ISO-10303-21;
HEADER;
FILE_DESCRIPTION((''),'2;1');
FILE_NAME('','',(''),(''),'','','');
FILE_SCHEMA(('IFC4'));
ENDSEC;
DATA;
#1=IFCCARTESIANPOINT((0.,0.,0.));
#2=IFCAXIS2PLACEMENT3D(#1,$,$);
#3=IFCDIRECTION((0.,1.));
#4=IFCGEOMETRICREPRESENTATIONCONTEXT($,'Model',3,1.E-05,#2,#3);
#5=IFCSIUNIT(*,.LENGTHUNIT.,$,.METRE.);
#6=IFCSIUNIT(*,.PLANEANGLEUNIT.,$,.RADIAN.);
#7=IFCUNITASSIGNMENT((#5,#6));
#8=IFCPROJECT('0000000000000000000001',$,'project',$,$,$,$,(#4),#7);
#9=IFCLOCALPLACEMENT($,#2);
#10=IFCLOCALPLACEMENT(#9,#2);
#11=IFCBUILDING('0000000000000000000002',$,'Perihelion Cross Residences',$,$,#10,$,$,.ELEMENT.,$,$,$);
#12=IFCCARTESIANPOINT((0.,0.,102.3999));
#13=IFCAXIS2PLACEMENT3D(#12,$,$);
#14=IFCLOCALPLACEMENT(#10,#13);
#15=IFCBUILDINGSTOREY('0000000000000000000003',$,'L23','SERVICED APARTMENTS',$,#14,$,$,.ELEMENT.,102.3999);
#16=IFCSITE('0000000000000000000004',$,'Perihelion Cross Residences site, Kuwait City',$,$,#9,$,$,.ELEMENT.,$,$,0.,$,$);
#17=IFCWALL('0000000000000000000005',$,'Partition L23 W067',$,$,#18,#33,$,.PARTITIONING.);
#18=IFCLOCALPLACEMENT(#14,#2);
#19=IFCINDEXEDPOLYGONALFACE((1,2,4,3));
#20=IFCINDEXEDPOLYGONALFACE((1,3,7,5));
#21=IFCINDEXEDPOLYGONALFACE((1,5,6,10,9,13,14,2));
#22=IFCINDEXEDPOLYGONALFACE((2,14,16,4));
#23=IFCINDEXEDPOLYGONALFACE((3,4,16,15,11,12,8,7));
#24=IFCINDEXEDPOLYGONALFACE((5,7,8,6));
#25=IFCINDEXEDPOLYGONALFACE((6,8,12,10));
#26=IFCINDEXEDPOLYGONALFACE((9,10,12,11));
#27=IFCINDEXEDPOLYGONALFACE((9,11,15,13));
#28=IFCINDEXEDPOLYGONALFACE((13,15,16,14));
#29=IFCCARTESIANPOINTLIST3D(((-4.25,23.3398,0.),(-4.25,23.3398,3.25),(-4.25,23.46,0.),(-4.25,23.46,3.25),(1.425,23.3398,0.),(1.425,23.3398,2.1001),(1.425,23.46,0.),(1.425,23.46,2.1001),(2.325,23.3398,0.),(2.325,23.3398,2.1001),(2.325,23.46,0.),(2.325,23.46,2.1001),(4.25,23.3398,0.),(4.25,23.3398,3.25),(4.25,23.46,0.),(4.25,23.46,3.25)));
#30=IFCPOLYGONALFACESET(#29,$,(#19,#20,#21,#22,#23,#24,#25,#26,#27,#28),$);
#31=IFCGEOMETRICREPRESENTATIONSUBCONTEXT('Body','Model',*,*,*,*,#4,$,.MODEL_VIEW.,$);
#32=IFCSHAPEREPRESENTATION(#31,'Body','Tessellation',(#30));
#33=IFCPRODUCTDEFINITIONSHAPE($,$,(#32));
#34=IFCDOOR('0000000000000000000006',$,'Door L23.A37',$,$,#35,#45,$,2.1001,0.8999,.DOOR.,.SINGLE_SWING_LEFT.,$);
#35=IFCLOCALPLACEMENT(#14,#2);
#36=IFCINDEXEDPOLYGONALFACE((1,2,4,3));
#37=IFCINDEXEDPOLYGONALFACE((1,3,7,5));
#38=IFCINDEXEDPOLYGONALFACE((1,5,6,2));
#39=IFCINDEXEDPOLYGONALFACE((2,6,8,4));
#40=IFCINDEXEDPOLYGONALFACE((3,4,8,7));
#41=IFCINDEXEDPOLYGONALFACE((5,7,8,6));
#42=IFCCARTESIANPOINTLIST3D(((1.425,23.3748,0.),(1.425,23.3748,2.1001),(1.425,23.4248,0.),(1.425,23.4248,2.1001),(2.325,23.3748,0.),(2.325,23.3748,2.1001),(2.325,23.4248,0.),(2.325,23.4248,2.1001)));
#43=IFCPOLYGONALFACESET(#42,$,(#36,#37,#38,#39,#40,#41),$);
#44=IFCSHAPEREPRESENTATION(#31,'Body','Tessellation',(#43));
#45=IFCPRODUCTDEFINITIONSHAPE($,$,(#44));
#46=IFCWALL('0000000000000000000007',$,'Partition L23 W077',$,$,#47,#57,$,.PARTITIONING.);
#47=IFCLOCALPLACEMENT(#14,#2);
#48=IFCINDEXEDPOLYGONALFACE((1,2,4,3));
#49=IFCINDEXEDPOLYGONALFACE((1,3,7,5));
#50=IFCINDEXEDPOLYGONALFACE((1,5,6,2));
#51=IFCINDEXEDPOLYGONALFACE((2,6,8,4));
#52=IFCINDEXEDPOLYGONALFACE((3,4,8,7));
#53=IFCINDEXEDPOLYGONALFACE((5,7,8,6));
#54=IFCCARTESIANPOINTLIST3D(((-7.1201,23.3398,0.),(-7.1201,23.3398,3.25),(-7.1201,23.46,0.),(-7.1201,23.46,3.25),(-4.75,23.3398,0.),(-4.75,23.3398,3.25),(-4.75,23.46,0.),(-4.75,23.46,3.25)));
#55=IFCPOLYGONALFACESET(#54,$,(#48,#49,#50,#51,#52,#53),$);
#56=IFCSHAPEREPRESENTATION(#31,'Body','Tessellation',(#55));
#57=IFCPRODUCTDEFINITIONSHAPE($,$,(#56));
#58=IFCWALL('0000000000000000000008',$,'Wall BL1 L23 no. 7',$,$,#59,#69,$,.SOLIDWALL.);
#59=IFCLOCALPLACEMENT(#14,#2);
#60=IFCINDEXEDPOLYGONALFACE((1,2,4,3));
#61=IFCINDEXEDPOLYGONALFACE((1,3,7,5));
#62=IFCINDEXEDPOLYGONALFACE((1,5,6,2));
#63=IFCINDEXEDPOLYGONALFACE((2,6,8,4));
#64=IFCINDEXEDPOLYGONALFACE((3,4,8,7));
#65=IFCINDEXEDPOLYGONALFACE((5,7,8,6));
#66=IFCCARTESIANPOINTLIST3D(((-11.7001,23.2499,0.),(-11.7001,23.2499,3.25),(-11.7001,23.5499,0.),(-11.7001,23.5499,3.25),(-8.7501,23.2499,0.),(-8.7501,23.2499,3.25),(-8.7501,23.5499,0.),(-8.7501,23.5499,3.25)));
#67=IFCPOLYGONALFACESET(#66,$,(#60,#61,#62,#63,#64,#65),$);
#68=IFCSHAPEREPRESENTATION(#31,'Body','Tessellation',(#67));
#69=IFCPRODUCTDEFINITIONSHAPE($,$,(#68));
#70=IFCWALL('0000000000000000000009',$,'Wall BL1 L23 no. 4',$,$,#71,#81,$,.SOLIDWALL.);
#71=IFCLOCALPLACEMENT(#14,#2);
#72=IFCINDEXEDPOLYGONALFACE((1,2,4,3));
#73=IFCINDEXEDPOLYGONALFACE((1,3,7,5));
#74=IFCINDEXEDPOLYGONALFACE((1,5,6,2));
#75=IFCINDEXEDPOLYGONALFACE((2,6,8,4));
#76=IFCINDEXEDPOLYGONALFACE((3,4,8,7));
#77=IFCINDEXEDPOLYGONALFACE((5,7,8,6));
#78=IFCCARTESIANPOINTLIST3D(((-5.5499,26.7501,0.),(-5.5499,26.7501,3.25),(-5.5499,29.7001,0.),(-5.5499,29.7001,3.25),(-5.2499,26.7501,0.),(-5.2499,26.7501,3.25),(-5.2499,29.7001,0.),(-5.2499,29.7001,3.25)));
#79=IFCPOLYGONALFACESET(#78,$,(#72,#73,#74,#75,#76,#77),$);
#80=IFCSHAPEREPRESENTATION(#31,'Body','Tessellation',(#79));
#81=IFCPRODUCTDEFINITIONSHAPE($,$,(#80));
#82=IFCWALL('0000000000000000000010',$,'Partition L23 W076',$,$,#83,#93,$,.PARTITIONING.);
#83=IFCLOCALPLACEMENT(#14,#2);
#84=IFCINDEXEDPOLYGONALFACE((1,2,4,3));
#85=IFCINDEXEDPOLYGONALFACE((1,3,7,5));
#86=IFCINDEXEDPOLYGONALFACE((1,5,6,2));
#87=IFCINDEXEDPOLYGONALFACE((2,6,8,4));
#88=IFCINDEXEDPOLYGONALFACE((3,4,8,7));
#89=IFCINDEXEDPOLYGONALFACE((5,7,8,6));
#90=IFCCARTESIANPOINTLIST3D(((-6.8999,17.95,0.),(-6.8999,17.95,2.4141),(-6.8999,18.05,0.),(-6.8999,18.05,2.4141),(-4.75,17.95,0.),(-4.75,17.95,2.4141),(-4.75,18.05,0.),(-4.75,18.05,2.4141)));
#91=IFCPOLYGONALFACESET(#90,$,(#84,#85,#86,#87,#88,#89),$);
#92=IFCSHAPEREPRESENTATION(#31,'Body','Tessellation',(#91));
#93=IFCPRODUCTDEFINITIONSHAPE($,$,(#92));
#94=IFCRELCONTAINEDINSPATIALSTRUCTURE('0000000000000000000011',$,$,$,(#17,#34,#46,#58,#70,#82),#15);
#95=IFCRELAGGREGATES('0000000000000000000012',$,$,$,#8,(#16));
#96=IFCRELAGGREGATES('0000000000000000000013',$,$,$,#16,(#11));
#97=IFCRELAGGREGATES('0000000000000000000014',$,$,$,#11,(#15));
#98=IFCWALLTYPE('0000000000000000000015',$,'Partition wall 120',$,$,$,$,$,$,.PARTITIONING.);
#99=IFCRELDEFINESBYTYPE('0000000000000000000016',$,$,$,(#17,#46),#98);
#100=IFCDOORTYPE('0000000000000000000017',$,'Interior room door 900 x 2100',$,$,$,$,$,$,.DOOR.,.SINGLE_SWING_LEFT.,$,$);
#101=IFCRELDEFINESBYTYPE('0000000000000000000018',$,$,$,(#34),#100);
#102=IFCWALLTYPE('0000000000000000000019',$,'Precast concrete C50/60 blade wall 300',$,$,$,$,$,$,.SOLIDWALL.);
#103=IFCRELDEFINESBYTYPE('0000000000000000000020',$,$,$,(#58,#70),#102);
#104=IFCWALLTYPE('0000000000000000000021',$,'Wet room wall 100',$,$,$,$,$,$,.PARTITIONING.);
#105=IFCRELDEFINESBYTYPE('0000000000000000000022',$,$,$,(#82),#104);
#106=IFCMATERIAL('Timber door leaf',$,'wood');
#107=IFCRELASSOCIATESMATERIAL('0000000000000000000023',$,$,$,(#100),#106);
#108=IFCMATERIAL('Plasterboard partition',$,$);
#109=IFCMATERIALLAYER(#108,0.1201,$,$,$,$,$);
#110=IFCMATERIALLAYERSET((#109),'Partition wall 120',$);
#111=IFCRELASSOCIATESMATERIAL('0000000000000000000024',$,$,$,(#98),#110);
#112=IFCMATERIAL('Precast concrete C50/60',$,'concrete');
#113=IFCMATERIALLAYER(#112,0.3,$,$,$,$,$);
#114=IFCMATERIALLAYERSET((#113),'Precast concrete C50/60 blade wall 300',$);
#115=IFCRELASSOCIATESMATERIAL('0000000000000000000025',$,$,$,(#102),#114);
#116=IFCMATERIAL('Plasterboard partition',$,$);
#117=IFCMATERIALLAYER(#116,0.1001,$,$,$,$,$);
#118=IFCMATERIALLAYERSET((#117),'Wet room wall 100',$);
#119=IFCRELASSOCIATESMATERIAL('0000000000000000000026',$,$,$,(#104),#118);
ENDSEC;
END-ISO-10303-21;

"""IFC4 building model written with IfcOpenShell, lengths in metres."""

from ifc_helpers import new_model, si_unit, direction, frame, frame_2d, origin, place, context, subcontext, project, spatial, rectangle, extrude, material, layer, layer_set, type_object, element, fill, save


model = new_model("IFC4")

# Units and contexts
model_context = context("Model", 3, precision=1e-05, world=origin(), true_north=direction((0.0, 1.0)))
body_context = subcontext(model_context, "Body", "Model", "MODEL_VIEW")
ifc_project = project(units=[si_unit("LENGTHUNIT", "METRE"), si_unit("PLANEANGLEUNIT", "RADIAN")], contexts=[model_context])

# Site, building, storey
site_placement = place(None, origin())
site = spatial("IfcSite", under=ifc_project, at=site_placement, Name="Perihelion Cross Residences site, Kuwait City", CompositionType="ELEMENT", RefElevation=0.0)
building_placement = place(site_placement, origin())
building = spatial("IfcBuilding", under=site, at=building_placement, Name="Perihelion Cross Residences", CompositionType="ELEMENT")
storey_placement = place(building_placement, frame((0.0, 0.0, 102.3999)))
storey = spatial("IfcBuildingStorey", under=building, at=storey_placement, Name="L23", Description="SERVICED APARTMENTS", CompositionType="ELEMENT", Elevation=102.3999)

# Wall, opening, door
ifc_material_1 = material(Name="Timber door leaf", Category="wood")
door_type_1 = type_object("IfcDoorType", Name="Interior room door 900 x 2100", OperationType="SINGLE_SWING_LEFT", PredefinedType="DOOR", material=ifc_material_1)
ifc_material_2 = material(Name="Plasterboard partition")
ifc_layer_1 = layer(ifc_material_2, 0.1201)
ifc_layer_set_1 = layer_set([ifc_layer_1], Name="Partition wall 120")
wall_type_1 = type_object("IfcWallType", Name="Partition wall 120", PredefinedType="PARTITIONING", material=ifc_layer_set_1)
wall_1_placement = place(storey_placement, frame((-4.25, 23.3999, 0.0), z_axis=(0.0, 0.0, 1.0), x_axis=(1.0, 0.0, 0.0)))
wall_1 = element("IfcWall", 1, at=wall_1_placement, inside=storey, type_object=wall_type_1, Name="Partition L23 W067", PredefinedType="PARTITIONING", context=body_context, shape_type="SweptSolid", body=[
    extrude(rectangle(XDim=8.5, YDim=0.1201, at=frame_2d((4.25, 0.0))), origin(), (0.0, 0.0, 1.0), 3.25),
])
opening_1_placement = place(wall_1_placement, frame((5.675, 0.0, 0.0)))
opening_1 = element("IfcOpeningElement", 2, at=opening_1_placement, cuts=wall_1, PredefinedType="OPENING", context=body_context, shape_type="SweptSolid", body=[
    extrude(rectangle(XDim=0.8999, YDim=2.1001, at=frame_2d((0.45, 1.05))), frame((0.0, 0.0701, 0.0), z_axis=(0.0, -1.0, 0.0), x_axis=(1.0, 0.0, 0.0)), (0.0, 0.0, 1.0), 0.1401),
])
door_1_placement = place(opening_1_placement, origin())
door_1 = element("IfcDoor", 3, at=door_1_placement, inside=storey, type_object=door_type_1, Name="Door L23.A37", OperationType="SINGLE_SWING_LEFT", OverallHeight=2.1001, OverallWidth=0.8999, PredefinedType="DOOR", context=body_context, shape_type="SweptSolid", body=[
    extrude(rectangle(XDim=0.8999, YDim=2.1001, at=frame_2d((0.45, 1.05))), frame((0.0, 0.0249, 0.0), z_axis=(0.0, -1.0, 0.0), x_axis=(1.0, 0.0, 0.0)), (0.0, 0.0, 1.0), 0.05),
])
fill(opening_1, door_1)

# Walls
wall_2_placement = place(storey_placement, frame((-7.1201, 23.3999, 0.0), z_axis=(0.0, 0.0, 1.0), x_axis=(1.0, 0.0, 0.0)))
element("IfcWall", 4, at=wall_2_placement, inside=storey, type_object=wall_type_1, Name="Partition L23 W077", PredefinedType="PARTITIONING", context=body_context, shape_type="SweptSolid", body=[
    extrude(rectangle(XDim=2.3701, YDim=0.1201, at=frame_2d((1.1851, 0.0))), origin(), (0.0, 0.0, 1.0), 3.25),
])
ifc_material_3 = material(Name="Precast concrete C50/60", Category="concrete")
ifc_layer_2 = layer(ifc_material_3, 0.3)
ifc_layer_set_2 = layer_set([ifc_layer_2], Name="Precast concrete C50/60 blade wall 300")
wall_type_2 = type_object("IfcWallType", Name="Precast concrete C50/60 blade wall 300", PredefinedType="SOLIDWALL", material=ifc_layer_set_2)
for number, where, z_axis, x_axis, name in (
    (5, (-8.75, 23.3999, 0.0), (0.0, 0.0, 1.0), (-1.0, 0.0, 0.0), "Wall BL1 L23 no. 7"),
    (6, (-5.3999, 26.75, 0.0), (0.0, 0.0, 1.0), (0.0, 1.0, 0.0), "Wall BL1 L23 no. 4"),
):
    element("IfcWall", number, at=place(storey_placement, frame(where, z_axis=z_axis, x_axis=x_axis)), inside=storey, type_object=wall_type_2, Name=name, PredefinedType="SOLIDWALL", context=body_context, shape_type="SweptSolid", body=[
        extrude(rectangle(XDim=2.95, YDim=0.3, at=frame_2d((1.4751, 0.0))), origin(), (0.0, 0.0, 1.0), 3.25),
    ])
ifc_material_4 = material(Name="Plasterboard partition")
ifc_layer_3 = layer(ifc_material_4, 0.1001)
ifc_layer_set_3 = layer_set([ifc_layer_3], Name="Wet room wall 100")
wall_type_3 = type_object("IfcWallType", Name="Wet room wall 100", PredefinedType="PARTITIONING", material=ifc_layer_set_3)
wall_3_placement = place(storey_placement, frame((-6.8999, 18.0, 0.0), z_axis=(0.0, 0.0, 1.0), x_axis=(1.0, 0.0, 0.0)))
element("IfcWall", 7, at=wall_3_placement, inside=storey, type_object=wall_type_3, Name="Partition L23 W076", PredefinedType="PARTITIONING", context=body_context, shape_type="SweptSolid", body=[
    extrude(rectangle(XDim=2.1499, YDim=0.1001, at=frame_2d((1.075, 0.0))), origin(), (0.0, 0.0, 1.0), 2.4141),
])

save(model, "model.ifc")
